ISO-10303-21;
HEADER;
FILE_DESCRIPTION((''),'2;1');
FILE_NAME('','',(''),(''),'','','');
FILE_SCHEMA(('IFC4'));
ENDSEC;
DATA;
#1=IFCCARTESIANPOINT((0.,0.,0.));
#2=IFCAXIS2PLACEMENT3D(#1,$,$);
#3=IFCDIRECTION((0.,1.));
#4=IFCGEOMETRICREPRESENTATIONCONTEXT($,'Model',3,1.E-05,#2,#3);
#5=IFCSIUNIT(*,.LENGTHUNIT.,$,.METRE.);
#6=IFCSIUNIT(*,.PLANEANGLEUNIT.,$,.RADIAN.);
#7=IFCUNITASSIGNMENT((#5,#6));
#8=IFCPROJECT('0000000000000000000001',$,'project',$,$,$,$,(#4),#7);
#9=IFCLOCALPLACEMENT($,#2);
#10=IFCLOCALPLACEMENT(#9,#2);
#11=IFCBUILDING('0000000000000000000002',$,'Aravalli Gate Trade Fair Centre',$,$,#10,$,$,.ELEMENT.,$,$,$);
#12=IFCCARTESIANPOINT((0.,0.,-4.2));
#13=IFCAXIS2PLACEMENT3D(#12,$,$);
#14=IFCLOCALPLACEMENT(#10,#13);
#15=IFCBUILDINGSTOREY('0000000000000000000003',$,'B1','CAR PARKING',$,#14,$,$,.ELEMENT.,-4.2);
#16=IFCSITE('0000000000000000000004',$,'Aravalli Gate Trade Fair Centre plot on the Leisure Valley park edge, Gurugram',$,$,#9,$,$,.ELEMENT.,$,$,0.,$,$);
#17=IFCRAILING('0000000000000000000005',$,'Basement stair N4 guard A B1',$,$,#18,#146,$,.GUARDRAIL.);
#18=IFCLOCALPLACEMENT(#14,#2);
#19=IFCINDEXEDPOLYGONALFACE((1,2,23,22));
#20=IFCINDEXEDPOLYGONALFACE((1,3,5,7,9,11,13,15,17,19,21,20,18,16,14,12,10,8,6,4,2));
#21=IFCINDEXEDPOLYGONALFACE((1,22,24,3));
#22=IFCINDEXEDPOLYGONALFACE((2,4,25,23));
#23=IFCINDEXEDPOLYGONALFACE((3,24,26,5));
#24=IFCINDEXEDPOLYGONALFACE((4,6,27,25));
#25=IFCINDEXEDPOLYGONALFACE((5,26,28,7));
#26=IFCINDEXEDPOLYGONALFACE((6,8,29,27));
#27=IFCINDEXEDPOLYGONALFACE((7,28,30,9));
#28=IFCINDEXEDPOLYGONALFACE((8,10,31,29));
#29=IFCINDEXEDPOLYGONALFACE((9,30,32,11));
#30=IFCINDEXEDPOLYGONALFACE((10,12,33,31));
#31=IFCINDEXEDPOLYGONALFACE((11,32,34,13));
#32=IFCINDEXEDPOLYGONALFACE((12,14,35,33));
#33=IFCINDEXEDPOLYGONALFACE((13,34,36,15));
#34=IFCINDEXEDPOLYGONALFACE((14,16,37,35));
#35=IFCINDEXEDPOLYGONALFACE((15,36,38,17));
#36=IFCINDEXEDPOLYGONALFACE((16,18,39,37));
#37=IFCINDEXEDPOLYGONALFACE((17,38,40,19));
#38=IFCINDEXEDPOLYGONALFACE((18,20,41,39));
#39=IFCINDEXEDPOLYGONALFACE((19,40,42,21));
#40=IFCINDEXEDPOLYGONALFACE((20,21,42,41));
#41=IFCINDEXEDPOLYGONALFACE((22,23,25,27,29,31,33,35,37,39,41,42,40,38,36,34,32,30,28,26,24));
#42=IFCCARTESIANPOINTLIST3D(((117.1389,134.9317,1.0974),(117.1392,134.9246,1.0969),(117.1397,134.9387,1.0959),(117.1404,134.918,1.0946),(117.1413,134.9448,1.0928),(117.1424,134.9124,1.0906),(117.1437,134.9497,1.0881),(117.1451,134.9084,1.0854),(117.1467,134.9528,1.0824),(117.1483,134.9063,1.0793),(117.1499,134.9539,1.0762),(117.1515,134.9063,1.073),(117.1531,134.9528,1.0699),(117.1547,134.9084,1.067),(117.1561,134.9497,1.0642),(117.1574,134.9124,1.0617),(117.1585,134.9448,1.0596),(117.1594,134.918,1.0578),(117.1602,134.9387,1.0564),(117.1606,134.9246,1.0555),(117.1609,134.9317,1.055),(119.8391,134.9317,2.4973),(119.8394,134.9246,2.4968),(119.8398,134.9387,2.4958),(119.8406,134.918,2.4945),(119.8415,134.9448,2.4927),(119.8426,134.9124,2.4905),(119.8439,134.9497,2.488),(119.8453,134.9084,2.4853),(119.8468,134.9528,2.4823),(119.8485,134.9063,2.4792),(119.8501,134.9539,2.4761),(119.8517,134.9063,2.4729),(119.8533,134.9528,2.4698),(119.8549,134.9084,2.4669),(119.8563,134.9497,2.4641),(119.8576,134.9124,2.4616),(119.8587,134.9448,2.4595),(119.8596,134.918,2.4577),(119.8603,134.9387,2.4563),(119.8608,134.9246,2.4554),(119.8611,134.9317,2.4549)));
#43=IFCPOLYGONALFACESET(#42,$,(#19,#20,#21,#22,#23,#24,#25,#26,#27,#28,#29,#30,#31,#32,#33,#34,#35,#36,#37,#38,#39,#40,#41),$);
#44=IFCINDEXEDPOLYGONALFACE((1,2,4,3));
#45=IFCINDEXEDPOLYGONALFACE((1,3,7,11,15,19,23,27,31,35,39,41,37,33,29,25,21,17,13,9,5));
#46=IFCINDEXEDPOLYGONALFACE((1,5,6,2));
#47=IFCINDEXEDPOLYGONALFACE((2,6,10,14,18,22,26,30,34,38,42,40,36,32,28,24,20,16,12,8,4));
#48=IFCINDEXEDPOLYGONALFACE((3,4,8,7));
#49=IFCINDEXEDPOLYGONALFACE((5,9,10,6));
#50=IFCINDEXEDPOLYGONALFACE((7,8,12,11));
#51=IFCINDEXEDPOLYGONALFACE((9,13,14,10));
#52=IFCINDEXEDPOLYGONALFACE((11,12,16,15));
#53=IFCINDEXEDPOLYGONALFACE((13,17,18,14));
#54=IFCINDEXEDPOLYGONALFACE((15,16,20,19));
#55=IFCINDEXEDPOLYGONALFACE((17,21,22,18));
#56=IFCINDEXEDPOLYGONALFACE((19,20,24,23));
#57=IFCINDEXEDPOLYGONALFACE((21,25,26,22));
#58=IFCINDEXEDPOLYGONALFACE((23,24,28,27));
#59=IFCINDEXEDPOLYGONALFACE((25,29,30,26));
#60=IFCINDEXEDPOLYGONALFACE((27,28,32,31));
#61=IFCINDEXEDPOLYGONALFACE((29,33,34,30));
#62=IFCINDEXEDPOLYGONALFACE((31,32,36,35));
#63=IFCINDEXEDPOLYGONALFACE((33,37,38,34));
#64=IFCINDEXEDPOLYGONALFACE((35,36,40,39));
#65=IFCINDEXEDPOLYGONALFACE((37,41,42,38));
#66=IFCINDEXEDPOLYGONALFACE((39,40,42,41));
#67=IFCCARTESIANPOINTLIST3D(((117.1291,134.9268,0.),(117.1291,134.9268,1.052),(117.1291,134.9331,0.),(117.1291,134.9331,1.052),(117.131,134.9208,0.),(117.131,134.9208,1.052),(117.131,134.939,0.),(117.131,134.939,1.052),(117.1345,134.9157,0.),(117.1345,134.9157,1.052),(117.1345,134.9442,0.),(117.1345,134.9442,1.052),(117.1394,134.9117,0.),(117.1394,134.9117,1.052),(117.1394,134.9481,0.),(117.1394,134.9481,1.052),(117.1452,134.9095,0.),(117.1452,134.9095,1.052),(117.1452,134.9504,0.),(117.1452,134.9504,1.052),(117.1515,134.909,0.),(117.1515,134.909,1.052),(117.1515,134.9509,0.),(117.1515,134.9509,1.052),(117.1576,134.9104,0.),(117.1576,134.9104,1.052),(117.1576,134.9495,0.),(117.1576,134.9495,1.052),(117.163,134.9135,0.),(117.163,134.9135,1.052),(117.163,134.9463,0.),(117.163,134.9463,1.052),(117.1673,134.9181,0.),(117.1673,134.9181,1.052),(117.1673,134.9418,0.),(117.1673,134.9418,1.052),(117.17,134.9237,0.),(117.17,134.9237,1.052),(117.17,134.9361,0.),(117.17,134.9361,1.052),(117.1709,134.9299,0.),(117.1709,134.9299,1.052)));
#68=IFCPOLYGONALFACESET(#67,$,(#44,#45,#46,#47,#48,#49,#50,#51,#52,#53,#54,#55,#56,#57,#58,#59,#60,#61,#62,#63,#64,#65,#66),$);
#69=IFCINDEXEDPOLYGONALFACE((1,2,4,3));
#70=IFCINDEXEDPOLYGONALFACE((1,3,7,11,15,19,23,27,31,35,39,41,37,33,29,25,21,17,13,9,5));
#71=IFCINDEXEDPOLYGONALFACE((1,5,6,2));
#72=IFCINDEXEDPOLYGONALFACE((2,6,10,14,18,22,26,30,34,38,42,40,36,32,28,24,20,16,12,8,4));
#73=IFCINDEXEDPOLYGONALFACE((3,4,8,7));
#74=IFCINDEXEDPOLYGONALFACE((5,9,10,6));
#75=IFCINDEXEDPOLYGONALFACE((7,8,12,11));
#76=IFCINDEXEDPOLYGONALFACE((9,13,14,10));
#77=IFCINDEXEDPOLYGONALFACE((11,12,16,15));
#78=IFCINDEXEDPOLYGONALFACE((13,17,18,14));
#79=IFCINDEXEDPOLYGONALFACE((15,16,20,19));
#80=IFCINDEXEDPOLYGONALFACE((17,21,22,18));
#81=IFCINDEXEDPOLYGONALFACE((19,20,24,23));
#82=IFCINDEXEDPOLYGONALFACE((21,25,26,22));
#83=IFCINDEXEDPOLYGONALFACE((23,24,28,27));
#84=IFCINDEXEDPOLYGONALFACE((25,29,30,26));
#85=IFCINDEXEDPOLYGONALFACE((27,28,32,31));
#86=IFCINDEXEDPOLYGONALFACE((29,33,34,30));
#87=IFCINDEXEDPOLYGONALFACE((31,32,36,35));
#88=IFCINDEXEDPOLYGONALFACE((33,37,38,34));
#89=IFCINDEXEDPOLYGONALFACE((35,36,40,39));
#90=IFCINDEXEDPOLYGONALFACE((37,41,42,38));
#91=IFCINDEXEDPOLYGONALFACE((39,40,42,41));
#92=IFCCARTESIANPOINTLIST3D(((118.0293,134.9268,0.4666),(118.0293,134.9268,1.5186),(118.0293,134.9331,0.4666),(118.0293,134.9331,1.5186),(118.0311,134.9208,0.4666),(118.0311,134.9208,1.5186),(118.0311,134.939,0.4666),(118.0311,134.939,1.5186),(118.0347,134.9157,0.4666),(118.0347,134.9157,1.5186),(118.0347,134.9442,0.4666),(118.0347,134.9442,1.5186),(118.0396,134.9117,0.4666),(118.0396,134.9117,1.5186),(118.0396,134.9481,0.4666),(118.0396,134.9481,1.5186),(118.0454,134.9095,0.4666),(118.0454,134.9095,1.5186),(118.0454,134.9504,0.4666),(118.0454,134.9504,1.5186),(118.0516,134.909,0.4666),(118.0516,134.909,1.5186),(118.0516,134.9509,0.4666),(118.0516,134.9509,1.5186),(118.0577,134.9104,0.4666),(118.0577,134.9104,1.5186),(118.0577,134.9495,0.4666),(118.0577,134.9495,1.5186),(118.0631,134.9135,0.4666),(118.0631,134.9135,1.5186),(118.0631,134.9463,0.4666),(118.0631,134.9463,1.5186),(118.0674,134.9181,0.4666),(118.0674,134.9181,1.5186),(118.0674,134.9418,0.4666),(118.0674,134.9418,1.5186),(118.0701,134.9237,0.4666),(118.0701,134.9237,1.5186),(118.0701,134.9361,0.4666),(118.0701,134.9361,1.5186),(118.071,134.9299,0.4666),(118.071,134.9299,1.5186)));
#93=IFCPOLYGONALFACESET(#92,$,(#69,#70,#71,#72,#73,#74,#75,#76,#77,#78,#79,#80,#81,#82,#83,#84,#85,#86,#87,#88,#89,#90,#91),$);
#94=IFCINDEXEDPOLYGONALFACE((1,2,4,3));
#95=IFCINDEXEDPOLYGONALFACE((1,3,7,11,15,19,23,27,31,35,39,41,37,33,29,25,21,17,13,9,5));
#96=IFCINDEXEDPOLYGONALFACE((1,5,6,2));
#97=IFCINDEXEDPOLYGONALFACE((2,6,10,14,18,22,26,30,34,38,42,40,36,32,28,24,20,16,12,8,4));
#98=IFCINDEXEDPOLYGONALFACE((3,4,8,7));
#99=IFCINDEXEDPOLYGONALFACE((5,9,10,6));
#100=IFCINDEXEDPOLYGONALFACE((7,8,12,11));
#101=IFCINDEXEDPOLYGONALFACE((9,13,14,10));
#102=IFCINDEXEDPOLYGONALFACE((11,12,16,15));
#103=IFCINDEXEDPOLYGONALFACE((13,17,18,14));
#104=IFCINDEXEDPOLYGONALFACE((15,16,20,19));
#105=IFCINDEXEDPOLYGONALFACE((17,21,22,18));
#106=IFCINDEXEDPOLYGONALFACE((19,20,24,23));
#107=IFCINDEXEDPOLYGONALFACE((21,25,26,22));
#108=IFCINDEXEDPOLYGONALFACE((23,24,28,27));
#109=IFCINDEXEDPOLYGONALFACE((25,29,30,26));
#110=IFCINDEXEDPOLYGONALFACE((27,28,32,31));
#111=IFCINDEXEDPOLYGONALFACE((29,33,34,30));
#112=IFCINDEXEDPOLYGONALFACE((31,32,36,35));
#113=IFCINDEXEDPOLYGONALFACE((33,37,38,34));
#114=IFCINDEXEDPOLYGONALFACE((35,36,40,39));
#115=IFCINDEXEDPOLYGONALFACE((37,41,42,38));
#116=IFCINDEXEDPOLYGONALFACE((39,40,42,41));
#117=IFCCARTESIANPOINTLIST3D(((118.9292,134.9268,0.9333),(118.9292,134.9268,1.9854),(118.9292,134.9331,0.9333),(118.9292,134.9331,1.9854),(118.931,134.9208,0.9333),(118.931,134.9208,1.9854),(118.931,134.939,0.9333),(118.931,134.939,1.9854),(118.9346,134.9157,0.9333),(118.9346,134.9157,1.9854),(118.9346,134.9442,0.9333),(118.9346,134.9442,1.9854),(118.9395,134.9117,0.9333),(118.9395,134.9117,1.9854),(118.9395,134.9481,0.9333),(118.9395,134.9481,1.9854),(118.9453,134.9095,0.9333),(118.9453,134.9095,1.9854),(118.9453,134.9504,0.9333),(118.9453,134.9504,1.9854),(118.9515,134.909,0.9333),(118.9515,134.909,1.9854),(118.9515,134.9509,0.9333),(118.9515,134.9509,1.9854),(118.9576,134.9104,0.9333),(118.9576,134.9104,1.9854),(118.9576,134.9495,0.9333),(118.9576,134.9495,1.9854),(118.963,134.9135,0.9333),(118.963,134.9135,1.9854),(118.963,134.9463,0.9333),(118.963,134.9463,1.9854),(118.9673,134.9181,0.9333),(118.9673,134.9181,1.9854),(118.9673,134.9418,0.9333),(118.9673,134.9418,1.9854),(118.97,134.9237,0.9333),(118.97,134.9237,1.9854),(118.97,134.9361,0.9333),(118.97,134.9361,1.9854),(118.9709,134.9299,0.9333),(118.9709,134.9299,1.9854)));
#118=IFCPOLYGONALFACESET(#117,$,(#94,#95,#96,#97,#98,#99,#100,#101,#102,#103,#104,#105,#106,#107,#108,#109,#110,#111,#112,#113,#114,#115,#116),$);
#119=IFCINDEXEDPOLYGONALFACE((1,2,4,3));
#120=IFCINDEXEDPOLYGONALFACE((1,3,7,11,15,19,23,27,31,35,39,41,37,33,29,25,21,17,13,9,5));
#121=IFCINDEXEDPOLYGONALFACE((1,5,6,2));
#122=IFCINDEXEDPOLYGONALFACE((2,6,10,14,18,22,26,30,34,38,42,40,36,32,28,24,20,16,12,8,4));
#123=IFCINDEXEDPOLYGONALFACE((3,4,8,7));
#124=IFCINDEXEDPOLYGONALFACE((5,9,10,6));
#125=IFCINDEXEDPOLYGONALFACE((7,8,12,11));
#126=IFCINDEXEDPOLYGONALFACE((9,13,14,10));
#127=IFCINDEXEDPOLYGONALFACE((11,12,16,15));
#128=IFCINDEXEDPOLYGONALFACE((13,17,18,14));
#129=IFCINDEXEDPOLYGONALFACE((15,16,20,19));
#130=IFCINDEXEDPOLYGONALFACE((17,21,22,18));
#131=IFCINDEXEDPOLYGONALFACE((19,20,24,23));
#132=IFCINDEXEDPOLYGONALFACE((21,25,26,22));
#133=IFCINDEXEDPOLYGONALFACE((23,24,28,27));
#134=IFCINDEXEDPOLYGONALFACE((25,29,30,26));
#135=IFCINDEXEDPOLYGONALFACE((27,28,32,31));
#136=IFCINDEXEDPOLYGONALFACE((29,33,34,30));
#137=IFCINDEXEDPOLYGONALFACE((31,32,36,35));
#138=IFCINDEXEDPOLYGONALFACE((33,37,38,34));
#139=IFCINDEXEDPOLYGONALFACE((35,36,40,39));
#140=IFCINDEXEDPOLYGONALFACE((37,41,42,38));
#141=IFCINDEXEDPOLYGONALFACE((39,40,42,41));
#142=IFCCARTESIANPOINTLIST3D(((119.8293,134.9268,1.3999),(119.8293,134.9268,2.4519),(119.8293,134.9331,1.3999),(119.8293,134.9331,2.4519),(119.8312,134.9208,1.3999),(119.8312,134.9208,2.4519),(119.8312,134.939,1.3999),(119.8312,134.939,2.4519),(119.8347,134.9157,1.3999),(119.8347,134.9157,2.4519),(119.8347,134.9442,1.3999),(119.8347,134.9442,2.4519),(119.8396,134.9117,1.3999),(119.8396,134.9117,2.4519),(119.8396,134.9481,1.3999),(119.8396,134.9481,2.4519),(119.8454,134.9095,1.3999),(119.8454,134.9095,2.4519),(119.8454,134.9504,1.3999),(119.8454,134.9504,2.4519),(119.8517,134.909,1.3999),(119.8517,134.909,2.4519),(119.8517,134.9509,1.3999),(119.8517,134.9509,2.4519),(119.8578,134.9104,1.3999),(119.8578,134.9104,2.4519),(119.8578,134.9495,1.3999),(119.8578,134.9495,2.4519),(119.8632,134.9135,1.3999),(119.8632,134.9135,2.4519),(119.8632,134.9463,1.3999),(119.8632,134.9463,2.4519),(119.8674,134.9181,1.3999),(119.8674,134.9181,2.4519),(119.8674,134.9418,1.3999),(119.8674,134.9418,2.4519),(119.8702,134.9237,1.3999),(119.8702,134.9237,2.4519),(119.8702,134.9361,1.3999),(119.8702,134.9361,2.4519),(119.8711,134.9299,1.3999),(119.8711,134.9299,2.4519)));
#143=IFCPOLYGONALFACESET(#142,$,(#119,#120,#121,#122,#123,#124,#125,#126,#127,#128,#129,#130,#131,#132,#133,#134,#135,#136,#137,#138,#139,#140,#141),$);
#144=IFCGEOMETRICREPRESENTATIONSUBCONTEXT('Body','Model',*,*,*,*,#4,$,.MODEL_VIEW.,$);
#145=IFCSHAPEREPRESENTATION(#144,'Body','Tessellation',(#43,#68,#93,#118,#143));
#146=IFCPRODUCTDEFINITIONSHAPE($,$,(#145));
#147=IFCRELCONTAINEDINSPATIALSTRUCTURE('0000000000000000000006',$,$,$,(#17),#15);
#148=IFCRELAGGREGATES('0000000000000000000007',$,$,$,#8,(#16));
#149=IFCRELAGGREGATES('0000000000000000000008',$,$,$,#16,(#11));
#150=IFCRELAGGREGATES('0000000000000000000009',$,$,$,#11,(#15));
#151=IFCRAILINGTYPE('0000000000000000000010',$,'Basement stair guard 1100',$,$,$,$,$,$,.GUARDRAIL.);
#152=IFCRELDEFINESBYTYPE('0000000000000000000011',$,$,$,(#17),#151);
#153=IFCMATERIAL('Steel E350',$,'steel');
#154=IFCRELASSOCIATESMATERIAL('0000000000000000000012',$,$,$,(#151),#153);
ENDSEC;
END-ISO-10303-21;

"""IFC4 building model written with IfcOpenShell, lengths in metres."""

from ifc_helpers import new_model, si_unit, direction, frame, origin, origin_2d, place, context, subcontext, project, spatial, circle, extrude, material, type_object, element, save


model = new_model("IFC4")

# Units and contexts
model_context = context("Model", 3, precision=1e-05, world=origin(), true_north=direction((0.0, 1.0)))
body_context = subcontext(model_context, "Body", "Model", "MODEL_VIEW")
ifc_project = project(units=[si_unit("LENGTHUNIT", "METRE"), si_unit("PLANEANGLEUNIT", "RADIAN")], contexts=[model_context])

# Site, building, storey
site_placement = place(None, origin())
site = spatial("IfcSite", under=ifc_project, at=site_placement, Name="Aravalli Gate Trade Fair Centre plot on the Leisure Valley park edge, Gurugram", CompositionType="ELEMENT", RefElevation=0.0)
building_placement = place(site_placement, origin())
building = spatial("IfcBuilding", under=site, at=building_placement, Name="Aravalli Gate Trade Fair Centre", CompositionType="ELEMENT")
storey_placement = place(building_placement, frame((0.0, 0.0, -4.2)))
storey = spatial("IfcBuildingStorey", under=building, at=storey_placement, Name="B1", Description="CAR PARKING", CompositionType="ELEMENT", Elevation=-4.2)

# Railing
ifc_material_1 = material(Name="Steel E350", Category="steel")
railing_type_1 = type_object("IfcRailingType", Name="Basement stair guard 1100", PredefinedType="GUARDRAIL", material=ifc_material_1)
railing_1_placement = place(storey_placement, frame((117.1499, 134.9299, 0.0)))
element("IfcRailing", 1, at=railing_1_placement, inside=storey, type_object=railing_type_1, Name="Basement stair N4 guard A B1", PredefinedType="GUARDRAIL", context=body_context, shape_type="SweptSolid", body=[
    extrude(circle(Radius=0.0239, at=origin_2d()), frame((0.0, 0.0, 1.0762), z_axis=(0.887781, 0.0, 0.460266), x_axis=(0.0, 1.0, 0.0)), (0.0, 0.0, 1.0), 3.0415),
    extrude(circle(Radius=0.021, at=origin_2d()), origin(), (0.0, 0.0, 1.0), 1.052),
    extrude(circle(Radius=0.021, at=origin_2d()), frame((0.9001, 0.0, 0.4666)), (0.0, 0.0, 1.0), 1.052),
    extrude(circle(Radius=0.021, at=origin_2d()), frame((1.8, 0.0, 0.9333)), (0.0, 0.0, 1.0), 1.052),
    extrude(circle(Radius=0.021, at=origin_2d()), frame((2.7002, 0.0, 1.3999)), (0.0, 0.0, 1.0), 1.052),
])

save(model, "model.ifc")
